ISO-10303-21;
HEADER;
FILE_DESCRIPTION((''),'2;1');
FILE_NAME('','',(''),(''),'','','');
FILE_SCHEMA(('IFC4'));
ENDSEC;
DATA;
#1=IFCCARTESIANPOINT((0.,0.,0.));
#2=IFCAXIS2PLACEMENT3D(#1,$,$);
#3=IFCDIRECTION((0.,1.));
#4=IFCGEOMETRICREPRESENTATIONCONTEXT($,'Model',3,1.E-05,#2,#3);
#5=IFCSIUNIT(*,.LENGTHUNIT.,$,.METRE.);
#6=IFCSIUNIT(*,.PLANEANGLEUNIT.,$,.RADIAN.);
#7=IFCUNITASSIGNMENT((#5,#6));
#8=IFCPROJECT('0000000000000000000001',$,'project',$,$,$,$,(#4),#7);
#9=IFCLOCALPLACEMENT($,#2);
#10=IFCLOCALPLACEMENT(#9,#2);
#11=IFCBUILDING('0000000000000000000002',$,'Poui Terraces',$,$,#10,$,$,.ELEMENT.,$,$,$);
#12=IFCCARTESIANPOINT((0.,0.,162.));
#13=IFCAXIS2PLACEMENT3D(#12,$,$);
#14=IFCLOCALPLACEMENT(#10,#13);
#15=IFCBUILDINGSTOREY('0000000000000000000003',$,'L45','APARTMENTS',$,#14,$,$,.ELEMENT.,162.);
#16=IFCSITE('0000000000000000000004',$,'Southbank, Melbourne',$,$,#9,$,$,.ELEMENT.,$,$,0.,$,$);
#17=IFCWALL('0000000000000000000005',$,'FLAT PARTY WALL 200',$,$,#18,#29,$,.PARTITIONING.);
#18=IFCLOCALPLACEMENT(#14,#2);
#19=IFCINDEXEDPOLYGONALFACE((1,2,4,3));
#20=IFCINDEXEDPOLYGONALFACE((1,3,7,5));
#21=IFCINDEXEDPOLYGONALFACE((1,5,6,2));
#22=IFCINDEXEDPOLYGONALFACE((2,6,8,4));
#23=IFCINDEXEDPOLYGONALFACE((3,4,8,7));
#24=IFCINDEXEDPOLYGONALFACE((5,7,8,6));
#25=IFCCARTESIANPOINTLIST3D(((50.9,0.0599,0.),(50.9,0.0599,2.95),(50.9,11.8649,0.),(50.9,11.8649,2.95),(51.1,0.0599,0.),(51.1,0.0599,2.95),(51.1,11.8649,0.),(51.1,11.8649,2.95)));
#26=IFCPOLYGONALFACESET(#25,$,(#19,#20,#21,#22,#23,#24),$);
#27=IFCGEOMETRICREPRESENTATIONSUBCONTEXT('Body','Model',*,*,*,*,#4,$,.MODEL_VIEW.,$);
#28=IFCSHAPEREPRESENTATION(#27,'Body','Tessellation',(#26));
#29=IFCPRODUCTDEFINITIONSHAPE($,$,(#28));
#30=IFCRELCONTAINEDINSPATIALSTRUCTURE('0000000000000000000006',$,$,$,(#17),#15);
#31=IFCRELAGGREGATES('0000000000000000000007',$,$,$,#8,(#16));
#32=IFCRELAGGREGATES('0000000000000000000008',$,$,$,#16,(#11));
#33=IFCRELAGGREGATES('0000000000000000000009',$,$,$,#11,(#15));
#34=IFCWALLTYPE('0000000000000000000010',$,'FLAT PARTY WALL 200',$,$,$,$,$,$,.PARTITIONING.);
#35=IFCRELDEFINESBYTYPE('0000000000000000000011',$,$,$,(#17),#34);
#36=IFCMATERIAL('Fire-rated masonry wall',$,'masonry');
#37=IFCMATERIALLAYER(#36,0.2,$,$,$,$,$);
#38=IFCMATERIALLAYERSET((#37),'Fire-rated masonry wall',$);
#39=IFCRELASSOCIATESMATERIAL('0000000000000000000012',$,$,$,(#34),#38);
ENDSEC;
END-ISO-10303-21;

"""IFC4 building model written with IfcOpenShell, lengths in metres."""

from ifc_helpers import new_model, si_unit, direction, frame, frame_2d, origin, place, context, subcontext, project, spatial, rectangle, extrude, material, layer, layer_set, type_object, element, save


model = new_model("IFC4")

# Units and contexts
model_context = context("Model", 3, precision=1e-05, world=origin(), true_north=direction((0.0, 1.0)))
body_context = subcontext(model_context, "Body", "Model", "MODEL_VIEW")
ifc_project = project(units=[si_unit("LENGTHUNIT", "METRE"), si_unit("PLANEANGLEUNIT", "RADIAN")], contexts=[model_context])

# Site, building, storey
site_placement = place(None, origin())
site = spatial("IfcSite", under=ifc_project, at=site_placement, Name="Southbank, Melbourne", CompositionType="ELEMENT", RefElevation=0.0)
building_placement = place(site_placement, origin())
building = spatial("IfcBuilding", under=site, at=building_placement, Name="Poui Terraces", CompositionType="ELEMENT")
storey_placement = place(building_placement, frame((0.0, 0.0, 162.0)))
storey = spatial("IfcBuildingStorey", under=building, at=storey_placement, Name="L45", Description="APARTMENTS", CompositionType="ELEMENT", Elevation=162.0)

# Wall
ifc_material_1 = material(Name="Fire-rated masonry wall", Category="masonry")
ifc_layer_1 = layer(ifc_material_1, 0.2)
ifc_layer_set_1 = layer_set([ifc_layer_1], Name="Fire-rated masonry wall")
wall_type_1 = type_object("IfcWallType", Name="FLAT PARTY WALL 200", PredefinedType="PARTITIONING", material=ifc_layer_set_1)
wall_1_placement = place(storey_placement, frame((51.0, 0.0601, 0.0), z_axis=(0.0, 0.0, 1.0), x_axis=(0.0, 1.0, 0.0)))
element("IfcWall", 1, at=wall_1_placement, inside=storey, type_object=wall_type_1, Name="FLAT PARTY WALL 200", PredefinedType="PARTITIONING", context=body_context, shape_type="SweptSolid", body=[
    extrude(rectangle(XDim=11.8049, YDim=0.2, at=frame_2d((5.9023, 0.0))), origin(), (0.0, 0.0, 1.0), 2.95),
])

save(model, "model.ifc")
